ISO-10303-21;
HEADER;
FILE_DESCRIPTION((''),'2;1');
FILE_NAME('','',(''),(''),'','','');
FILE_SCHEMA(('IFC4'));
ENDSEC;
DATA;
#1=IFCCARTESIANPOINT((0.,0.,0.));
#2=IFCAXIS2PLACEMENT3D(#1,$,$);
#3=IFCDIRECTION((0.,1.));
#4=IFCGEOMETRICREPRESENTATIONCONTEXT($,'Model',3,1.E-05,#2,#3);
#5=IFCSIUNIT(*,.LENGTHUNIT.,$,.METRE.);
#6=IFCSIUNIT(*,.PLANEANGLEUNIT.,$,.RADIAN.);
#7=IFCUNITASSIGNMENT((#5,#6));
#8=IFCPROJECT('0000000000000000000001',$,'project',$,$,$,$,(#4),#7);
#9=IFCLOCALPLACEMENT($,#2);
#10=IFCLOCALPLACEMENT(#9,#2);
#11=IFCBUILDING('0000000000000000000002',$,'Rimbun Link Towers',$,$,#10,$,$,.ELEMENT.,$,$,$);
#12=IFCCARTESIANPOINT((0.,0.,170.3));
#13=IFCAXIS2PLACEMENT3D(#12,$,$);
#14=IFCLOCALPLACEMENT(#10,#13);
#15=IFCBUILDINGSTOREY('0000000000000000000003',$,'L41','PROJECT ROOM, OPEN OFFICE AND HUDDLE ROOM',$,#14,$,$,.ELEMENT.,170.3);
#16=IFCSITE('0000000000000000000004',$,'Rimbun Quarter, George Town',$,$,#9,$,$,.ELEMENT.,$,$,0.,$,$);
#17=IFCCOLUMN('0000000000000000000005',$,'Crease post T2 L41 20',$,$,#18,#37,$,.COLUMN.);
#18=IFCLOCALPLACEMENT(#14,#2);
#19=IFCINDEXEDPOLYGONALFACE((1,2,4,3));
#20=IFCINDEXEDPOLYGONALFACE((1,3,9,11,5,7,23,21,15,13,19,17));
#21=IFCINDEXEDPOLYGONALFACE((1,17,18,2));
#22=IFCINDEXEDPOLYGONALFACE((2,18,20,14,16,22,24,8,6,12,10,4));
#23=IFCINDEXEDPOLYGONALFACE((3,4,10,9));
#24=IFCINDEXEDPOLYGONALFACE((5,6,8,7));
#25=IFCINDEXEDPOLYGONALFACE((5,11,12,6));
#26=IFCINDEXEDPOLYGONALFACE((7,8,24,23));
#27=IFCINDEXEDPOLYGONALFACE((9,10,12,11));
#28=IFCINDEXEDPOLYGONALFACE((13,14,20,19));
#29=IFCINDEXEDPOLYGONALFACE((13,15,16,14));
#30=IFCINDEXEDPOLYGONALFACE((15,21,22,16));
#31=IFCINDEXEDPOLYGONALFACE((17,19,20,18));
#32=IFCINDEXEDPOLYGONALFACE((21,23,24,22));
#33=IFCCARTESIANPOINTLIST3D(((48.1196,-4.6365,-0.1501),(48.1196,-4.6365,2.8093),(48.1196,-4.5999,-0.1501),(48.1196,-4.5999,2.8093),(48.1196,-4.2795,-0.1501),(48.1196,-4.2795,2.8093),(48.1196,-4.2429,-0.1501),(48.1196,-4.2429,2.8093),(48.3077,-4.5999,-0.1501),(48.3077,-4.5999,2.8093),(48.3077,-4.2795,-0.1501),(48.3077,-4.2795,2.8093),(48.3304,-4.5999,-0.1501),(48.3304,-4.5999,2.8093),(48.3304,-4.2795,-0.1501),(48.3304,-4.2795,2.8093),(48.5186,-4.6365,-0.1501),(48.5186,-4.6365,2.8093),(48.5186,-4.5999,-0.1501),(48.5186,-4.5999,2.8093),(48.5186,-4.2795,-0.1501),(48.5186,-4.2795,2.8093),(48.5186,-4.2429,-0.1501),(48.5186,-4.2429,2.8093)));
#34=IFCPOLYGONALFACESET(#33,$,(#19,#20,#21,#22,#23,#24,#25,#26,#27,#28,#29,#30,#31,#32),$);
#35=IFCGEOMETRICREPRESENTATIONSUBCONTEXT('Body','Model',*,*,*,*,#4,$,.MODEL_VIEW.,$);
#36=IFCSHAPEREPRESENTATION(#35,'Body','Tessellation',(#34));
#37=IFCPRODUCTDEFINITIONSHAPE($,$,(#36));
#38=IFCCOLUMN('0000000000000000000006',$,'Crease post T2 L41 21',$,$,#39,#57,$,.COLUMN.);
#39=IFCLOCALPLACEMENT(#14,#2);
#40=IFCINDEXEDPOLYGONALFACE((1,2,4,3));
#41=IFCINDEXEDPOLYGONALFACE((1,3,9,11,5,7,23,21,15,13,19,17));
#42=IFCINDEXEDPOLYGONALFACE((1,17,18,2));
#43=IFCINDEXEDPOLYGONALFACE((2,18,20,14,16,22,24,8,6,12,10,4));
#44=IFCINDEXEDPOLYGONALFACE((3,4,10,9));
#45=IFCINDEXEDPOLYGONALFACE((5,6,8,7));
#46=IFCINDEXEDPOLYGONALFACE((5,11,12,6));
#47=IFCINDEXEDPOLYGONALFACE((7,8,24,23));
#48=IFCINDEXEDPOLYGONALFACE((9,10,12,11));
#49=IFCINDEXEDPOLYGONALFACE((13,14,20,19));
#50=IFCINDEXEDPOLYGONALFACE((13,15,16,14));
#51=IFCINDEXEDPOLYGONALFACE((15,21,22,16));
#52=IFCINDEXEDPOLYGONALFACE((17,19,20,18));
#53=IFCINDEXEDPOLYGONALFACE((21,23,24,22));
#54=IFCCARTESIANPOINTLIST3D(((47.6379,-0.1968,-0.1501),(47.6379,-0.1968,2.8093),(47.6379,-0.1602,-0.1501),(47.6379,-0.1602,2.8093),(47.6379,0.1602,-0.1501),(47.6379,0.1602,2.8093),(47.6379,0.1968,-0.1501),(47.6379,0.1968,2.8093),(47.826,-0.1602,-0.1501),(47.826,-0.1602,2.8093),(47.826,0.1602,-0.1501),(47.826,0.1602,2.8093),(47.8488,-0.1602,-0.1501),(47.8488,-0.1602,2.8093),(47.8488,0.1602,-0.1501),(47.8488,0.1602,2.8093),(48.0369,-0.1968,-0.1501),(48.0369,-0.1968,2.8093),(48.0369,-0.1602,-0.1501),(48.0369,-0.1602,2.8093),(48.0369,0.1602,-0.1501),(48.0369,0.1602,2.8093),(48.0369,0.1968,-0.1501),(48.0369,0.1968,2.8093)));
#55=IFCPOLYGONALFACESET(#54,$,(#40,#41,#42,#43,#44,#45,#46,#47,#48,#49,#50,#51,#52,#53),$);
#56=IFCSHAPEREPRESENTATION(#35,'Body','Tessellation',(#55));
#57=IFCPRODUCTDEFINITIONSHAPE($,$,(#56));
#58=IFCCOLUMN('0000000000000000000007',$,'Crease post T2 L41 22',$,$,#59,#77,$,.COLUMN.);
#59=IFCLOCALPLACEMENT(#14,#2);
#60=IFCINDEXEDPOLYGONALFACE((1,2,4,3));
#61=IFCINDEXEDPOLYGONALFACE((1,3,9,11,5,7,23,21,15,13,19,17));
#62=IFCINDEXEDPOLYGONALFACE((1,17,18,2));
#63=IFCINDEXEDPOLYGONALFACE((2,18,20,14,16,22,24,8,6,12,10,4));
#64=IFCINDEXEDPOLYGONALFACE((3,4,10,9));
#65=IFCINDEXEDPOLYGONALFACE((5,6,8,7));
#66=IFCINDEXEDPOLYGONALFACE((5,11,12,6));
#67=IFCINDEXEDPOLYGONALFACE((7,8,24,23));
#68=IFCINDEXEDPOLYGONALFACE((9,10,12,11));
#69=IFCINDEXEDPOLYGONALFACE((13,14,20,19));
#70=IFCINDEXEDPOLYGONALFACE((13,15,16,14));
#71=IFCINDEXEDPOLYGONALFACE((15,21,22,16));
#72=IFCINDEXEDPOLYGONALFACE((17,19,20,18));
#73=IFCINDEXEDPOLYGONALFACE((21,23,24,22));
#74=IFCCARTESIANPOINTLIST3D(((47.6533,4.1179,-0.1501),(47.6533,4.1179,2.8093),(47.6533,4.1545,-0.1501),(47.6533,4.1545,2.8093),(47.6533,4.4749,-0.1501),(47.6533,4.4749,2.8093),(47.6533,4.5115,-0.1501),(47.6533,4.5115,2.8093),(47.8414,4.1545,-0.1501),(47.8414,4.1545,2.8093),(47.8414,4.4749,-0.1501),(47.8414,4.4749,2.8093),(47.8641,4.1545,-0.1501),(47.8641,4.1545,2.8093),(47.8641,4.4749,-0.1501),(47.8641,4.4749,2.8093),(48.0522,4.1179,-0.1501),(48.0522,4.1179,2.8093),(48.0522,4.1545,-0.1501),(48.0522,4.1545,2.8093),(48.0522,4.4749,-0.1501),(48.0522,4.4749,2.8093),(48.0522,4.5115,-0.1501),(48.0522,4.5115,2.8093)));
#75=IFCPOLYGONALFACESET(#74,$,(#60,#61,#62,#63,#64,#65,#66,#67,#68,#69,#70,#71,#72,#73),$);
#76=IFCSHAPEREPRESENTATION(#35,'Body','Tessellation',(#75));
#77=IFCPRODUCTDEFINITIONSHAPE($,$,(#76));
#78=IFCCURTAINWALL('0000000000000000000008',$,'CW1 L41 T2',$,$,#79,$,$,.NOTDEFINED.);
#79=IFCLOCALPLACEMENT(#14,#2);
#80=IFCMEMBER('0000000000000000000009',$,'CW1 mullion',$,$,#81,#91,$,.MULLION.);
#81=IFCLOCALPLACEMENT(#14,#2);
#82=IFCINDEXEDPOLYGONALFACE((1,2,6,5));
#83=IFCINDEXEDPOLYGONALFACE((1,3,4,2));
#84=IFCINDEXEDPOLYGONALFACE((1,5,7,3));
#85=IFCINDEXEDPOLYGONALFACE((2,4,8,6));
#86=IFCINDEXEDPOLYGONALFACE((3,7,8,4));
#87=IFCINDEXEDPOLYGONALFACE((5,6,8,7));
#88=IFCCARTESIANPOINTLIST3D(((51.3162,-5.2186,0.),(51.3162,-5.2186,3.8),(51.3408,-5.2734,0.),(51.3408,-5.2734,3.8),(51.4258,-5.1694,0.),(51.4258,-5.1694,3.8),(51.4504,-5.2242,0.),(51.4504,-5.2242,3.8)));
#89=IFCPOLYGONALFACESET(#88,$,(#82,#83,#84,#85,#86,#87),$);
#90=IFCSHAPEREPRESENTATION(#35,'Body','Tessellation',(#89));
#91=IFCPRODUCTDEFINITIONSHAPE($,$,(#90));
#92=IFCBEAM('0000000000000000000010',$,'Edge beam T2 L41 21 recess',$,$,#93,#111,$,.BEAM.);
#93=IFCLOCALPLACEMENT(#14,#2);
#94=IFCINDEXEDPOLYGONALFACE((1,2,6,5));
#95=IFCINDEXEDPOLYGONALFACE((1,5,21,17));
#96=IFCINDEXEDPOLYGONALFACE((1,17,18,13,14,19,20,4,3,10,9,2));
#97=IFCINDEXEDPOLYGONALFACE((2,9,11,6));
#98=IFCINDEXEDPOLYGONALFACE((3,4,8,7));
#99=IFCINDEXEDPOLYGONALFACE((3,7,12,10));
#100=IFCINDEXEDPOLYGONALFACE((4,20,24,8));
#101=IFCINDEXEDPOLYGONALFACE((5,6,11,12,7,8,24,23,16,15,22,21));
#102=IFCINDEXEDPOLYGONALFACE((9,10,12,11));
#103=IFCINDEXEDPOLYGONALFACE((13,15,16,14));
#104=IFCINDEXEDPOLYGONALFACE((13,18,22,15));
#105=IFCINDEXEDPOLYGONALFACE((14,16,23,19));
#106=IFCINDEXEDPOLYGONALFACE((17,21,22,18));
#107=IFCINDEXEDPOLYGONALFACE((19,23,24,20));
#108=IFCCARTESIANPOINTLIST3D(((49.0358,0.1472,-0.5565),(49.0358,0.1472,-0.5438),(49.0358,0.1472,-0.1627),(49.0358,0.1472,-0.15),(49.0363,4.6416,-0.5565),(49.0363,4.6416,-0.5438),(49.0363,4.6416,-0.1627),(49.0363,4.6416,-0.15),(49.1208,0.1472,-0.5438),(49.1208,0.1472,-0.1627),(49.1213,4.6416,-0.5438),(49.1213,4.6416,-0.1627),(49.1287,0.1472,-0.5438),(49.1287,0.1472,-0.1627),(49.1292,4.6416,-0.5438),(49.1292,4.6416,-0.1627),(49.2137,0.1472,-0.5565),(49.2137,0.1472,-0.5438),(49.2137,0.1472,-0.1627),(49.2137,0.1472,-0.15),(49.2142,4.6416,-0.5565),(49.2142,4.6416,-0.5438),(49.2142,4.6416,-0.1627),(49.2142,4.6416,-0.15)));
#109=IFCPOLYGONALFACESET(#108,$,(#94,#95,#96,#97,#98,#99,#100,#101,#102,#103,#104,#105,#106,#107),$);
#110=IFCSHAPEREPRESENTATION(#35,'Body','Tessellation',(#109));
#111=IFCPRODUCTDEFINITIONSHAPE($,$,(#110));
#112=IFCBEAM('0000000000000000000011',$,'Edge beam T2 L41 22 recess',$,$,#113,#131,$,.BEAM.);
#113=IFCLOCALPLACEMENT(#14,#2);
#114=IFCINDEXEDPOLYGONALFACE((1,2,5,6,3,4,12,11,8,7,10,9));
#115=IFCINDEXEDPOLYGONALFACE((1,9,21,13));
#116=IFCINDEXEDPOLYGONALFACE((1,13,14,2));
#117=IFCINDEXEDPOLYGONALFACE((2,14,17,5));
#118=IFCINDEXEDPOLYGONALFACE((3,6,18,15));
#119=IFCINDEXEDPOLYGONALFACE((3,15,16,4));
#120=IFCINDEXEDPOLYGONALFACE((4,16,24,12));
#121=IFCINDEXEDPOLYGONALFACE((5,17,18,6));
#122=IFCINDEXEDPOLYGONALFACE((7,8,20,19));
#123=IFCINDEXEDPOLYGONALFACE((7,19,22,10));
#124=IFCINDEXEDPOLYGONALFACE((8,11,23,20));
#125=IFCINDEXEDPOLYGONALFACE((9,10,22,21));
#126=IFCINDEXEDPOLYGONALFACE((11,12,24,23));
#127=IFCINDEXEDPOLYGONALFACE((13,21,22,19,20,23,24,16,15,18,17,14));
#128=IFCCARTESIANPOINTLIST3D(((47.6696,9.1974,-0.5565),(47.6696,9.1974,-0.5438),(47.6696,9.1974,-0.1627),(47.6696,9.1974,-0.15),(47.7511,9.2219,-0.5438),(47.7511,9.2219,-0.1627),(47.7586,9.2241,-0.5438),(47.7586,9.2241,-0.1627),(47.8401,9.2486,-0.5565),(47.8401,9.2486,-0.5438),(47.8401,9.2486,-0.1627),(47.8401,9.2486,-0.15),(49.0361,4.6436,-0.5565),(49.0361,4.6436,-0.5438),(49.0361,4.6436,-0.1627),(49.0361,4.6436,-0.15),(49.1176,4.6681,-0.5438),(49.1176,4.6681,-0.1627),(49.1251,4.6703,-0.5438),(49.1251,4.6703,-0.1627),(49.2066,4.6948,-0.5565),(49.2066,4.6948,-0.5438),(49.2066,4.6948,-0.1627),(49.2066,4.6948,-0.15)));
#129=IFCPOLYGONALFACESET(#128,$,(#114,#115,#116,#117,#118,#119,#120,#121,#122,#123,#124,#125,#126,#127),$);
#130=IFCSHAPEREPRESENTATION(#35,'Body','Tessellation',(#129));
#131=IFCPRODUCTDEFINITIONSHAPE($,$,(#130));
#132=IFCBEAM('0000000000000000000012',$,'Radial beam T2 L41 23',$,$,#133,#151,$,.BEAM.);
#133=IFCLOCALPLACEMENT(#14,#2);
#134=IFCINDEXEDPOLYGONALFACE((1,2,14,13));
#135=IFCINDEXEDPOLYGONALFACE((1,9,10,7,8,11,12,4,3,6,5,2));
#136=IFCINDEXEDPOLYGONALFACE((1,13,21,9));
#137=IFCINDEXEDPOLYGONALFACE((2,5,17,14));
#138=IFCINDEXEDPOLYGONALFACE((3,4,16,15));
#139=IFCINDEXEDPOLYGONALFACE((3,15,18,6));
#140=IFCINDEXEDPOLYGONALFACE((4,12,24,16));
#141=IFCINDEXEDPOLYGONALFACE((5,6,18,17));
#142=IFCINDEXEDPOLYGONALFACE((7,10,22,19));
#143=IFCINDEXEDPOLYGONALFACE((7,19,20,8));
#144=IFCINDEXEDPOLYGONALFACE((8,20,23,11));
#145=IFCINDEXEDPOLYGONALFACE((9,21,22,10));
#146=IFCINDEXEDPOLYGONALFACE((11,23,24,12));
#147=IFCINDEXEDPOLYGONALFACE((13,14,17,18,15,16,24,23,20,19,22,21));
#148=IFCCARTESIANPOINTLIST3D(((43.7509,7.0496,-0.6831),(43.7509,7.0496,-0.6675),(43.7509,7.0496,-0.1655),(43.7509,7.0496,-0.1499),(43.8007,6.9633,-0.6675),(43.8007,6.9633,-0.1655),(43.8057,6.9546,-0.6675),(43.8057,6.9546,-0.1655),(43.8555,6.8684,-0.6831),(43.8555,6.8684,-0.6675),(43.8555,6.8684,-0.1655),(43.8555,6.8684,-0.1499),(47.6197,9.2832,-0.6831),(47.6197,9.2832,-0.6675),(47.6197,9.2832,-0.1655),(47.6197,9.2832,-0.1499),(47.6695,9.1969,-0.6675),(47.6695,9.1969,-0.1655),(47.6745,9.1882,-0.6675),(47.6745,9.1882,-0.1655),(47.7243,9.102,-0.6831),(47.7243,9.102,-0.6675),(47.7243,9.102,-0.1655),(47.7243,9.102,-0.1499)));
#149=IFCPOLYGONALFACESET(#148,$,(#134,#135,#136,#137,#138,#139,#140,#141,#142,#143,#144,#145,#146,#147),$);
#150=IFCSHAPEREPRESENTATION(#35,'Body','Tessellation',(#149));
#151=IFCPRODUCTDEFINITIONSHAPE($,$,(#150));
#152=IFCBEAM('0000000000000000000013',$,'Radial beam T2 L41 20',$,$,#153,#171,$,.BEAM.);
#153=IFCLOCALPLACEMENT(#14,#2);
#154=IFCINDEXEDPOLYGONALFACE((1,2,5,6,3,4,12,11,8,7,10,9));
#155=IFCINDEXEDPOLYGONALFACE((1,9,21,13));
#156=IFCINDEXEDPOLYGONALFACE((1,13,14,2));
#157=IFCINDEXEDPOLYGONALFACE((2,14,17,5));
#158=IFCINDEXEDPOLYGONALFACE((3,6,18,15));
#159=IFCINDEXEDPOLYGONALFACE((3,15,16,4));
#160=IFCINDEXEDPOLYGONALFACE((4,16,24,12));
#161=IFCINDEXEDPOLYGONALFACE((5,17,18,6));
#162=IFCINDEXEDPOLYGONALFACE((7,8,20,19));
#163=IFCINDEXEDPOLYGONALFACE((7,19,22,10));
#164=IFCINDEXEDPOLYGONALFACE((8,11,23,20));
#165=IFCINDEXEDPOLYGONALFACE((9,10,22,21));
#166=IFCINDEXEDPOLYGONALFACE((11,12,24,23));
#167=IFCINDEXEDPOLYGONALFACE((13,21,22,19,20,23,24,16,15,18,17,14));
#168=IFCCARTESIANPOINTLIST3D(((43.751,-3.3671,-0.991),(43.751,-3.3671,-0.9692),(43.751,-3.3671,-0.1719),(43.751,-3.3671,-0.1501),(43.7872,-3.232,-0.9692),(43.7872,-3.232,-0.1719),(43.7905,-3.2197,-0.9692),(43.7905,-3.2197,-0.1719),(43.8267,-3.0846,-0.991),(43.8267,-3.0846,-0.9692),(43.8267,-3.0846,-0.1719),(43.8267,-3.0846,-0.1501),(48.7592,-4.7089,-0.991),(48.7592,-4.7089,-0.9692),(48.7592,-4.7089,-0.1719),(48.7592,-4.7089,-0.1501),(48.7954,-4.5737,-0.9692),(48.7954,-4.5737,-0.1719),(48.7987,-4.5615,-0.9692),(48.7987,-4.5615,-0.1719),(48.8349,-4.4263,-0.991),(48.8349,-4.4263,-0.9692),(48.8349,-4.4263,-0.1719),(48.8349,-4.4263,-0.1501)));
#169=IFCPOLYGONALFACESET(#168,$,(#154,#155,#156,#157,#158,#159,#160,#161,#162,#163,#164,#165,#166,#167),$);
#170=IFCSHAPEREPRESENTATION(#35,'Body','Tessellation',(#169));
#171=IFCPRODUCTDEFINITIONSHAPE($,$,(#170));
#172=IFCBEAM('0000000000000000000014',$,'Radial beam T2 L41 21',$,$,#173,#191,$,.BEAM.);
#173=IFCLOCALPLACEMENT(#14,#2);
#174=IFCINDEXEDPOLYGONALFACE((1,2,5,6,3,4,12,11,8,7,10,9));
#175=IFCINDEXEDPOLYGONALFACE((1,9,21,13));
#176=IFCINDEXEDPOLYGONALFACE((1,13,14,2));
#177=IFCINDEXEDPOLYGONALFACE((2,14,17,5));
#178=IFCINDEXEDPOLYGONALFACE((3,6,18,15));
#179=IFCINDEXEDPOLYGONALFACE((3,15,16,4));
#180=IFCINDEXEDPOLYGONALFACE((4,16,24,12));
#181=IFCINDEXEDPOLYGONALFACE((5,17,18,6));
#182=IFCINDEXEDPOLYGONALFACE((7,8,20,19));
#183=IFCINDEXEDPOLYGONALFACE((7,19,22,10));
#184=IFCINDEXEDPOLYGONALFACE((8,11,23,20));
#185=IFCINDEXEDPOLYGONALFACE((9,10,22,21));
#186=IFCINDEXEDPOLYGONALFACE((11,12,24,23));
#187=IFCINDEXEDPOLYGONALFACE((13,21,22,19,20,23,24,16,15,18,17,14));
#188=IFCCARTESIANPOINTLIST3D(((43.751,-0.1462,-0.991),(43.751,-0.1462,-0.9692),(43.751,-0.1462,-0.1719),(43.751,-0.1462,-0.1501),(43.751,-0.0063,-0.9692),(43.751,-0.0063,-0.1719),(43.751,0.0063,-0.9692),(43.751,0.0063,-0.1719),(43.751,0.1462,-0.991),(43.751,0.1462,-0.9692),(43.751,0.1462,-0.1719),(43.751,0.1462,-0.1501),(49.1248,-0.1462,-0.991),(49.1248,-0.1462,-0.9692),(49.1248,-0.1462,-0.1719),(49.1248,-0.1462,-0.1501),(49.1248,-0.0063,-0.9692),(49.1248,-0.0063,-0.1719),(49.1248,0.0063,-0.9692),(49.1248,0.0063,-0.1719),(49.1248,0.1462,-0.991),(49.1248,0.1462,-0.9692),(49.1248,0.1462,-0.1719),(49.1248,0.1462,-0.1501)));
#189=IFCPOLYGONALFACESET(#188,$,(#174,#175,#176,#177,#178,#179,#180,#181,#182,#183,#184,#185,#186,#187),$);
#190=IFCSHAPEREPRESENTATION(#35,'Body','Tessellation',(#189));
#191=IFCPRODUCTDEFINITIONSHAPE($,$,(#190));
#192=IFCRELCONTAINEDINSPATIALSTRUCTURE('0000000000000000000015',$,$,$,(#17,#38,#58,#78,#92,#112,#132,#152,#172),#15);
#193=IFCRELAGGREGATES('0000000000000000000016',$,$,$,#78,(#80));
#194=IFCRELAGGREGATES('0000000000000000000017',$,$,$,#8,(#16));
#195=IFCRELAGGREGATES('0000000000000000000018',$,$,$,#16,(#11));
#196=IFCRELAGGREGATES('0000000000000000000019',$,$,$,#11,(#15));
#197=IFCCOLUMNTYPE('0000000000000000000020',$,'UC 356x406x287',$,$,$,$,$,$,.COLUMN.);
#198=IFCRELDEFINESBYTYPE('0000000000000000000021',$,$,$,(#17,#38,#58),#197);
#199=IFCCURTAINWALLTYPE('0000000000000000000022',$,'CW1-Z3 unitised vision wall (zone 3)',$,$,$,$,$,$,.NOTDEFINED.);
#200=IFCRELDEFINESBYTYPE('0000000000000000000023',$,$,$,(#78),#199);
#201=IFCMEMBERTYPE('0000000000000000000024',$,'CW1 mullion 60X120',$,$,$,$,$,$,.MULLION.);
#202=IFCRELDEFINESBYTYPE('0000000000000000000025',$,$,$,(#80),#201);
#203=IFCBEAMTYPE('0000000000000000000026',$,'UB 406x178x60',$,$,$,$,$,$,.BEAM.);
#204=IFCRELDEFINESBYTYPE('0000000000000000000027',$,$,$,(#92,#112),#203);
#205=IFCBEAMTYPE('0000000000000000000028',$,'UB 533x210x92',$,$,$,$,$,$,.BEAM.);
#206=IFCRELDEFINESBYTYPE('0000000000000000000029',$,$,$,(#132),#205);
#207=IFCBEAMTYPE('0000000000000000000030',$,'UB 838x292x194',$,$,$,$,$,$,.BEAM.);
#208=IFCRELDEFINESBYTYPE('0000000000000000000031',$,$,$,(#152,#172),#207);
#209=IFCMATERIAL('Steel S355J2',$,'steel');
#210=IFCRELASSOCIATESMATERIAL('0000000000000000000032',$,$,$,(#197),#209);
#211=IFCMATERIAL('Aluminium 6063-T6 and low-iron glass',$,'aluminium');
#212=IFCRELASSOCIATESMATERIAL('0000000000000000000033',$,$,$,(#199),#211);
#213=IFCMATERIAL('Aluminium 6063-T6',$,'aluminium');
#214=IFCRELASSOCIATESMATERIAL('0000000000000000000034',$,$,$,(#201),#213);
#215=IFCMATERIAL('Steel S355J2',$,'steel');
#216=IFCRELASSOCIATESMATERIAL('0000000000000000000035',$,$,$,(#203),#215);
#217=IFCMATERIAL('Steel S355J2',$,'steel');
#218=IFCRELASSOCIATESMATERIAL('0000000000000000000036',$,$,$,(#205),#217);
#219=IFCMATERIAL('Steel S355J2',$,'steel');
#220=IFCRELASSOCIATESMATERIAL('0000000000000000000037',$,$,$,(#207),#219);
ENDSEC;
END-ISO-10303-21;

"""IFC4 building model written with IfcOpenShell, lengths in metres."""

from ifc_helpers import new_model, si_unit, direction, frame, origin, origin_2d, place, context, subcontext, project, spatial, rectangle, i_section, extrude, material, material_profile, profile_set, type_object, element, aggregate, save


model = new_model("IFC4")

# Units and contexts
model_context = context("Model", 3, precision=1e-05, world=origin(), true_north=direction((0.0, 1.0)))
body_context = subcontext(model_context, "Body", "Model", "MODEL_VIEW")
ifc_project = project(units=[si_unit("LENGTHUNIT", "METRE"), si_unit("PLANEANGLEUNIT", "RADIAN")], contexts=[model_context])

# Site, building, storey
site_placement = place(None, origin())
site = spatial("IfcSite", under=ifc_project, at=site_placement, Name="Rimbun Quarter, George Town", CompositionType="ELEMENT", RefElevation=0.0)
building_placement = place(site_placement, origin())
building = spatial("IfcBuilding", under=site, at=building_placement, Name="Rimbun Link Towers", CompositionType="ELEMENT")
storey_placement = place(building_placement, frame((0.0, 0.0, 170.3)))
storey = spatial("IfcBuildingStorey", under=building, at=storey_placement, Name="L41", Description="PROJECT ROOM, OPEN OFFICE AND HUDDLE ROOM", CompositionType="ELEMENT", Elevation=170.3)

# Columns
ifc_material_1 = material(Name="Steel S355J2", Category="steel")
ifc_material_profile_1 = material_profile(ifc_material_1, i_section(OverallWidth=0.3989, OverallDepth=0.3936, WebThickness=0.0227, FlangeThickness=0.0366, at=origin_2d()), Name="UC 356x406x287")
ifc_profile_set_1 = profile_set([ifc_material_profile_1], Name="Steel S355J2")
column_type = type_object("IfcColumnType", Name="UC 356x406x287", PredefinedType="COLUMN", material=ifc_profile_set_1)
for number, where, z_axis, x_axis, name in (
    (1, (48.3191, -4.4397, -0.1501), (0.0, 0.0, 1.0), (1.0, 0.0, 0.0), "Crease post T2 L41 20"),
    (2, (47.8374, 0.0, -0.1501), (0.0, 0.0, 1.0), (1.0, 0.0, 0.0), "Crease post T2 L41 21"),
    (3, (47.8528, 4.3147, -0.1501), (0.0, 0.0, 1.0), (1.0, 0.0, 0.0), "Crease post T2 L41 22"),
):
    element("IfcColumn", number, at=place(storey_placement, frame(where, z_axis=z_axis, x_axis=x_axis)), inside=storey, type_object=column_type, Name=name, PredefinedType="COLUMN", context=body_context, shape_type="SweptSolid", body=[
        extrude(i_section(OverallWidth=0.3989, OverallDepth=0.3936, WebThickness=0.0227, FlangeThickness=0.0366, at=origin_2d()), origin(), (0.0, 0.0, 1.0), 2.9595),
    ])

# Curtain wall, member
ifc_material_2 = material(Name="Aluminium 6063-T6 and low-iron glass", Category="aluminium")
curtain_wall_type = type_object("IfcCurtainWallType", Name="CW1-Z3 unitised vision wall (zone 3)", PredefinedType="NOTDEFINED", material=ifc_material_2)
curtain_wall_placement = place(storey_placement, origin())
curtain_wall = element("IfcCurtainWall", 4, at=curtain_wall_placement, inside=storey, type_object=curtain_wall_type, Name="CW1 L41 T2", PredefinedType="NOTDEFINED")
ifc_material_3 = material(Name="Aluminium 6063-T6", Category="aluminium")
ifc_material_profile_2 = material_profile(ifc_material_3, rectangle(XDim=0.1201, YDim=0.0601, at=origin_2d()), Name="MULLION 60X120")
ifc_profile_set_2 = profile_set([ifc_material_profile_2], Name="Aluminium 6063-T6")
member_type = type_object("IfcMemberType", Name="CW1 mullion 60X120", PredefinedType="MULLION", material=ifc_profile_set_2)
member_placement = place(storey_placement, frame((51.3833, -5.2214, 0.0), z_axis=(0.0, 0.0, 1.0), x_axis=(0.912351, 0.40941, 0.0)))
member = element("IfcMember", 5, at=member_placement, type_object=member_type, Name="CW1 mullion", PredefinedType="MULLION", context=body_context, shape_type="SweptSolid", body=[
    extrude(rectangle(XDim=0.1201, YDim=0.0601, at=origin_2d()), origin(), (0.0, 0.0, 1.0), 3.8),
])
aggregate(curtain_wall, [member])

# Beams
ifc_material_4 = material(Name="Steel S355J2", Category="steel")
ifc_material_profile_3 = material_profile(ifc_material_4, i_section(OverallWidth=0.178, OverallDepth=0.4065, WebThickness=0.0078, FlangeThickness=0.0127, at=origin_2d()), Name="UB 406x178x60")
ifc_profile_set_3 = profile_set([ifc_material_profile_3], Name="Steel S355J2")
beam_type_1 = type_object("IfcBeamType", Name="UB 406x178x60", PredefinedType="BEAM", material=ifc_profile_set_3)
beam_1_placement = place(storey_placement, frame((49.1248, 0.1472, -0.3533), z_axis=(0.000109, 1.0, 0.0), x_axis=(-1.0, 0.000109, 0.0)))
element("IfcBeam", 6, at=beam_1_placement, inside=storey, type_object=beam_type_1, Name="Edge beam T2 L41 21 recess", PredefinedType="BEAM", context=body_context, shape_type="SweptSolid", body=[
    extrude(i_section(OverallWidth=0.178, OverallDepth=0.4065, WebThickness=0.0078, FlangeThickness=0.0127, at=origin_2d()), origin(), (0.0, 0.0, 1.0), 4.4944),
])
beam_2_placement = place(storey_placement, frame((49.1213, 4.6692, -0.3533), z_axis=(-0.287414, 0.957806, 0.0), x_axis=(-0.957806, -0.287414, 0.0)))
element("IfcBeam", 7, at=beam_2_placement, inside=storey, type_object=beam_type_1, Name="Edge beam T2 L41 22 recess", PredefinedType="BEAM", context=body_context, shape_type="SweptSolid", body=[
    extrude(i_section(OverallWidth=0.178, OverallDepth=0.4065, WebThickness=0.0078, FlangeThickness=0.0127, at=origin_2d()), origin(), (0.0, 0.0, 1.0), 4.7544),
])
ifc_material_5 = material(Name="Steel S355J2", Category="steel")
ifc_material_profile_4 = material_profile(ifc_material_5, i_section(OverallWidth=0.2092, OverallDepth=0.5332, WebThickness=0.01, FlangeThickness=0.0156, at=origin_2d()), Name="UB 533x210x92")
ifc_profile_set_4 = profile_set([ifc_material_profile_4], Name="Steel S355J2")
beam_type_2 = type_object("IfcBeamType", Name="UB 533x210x92", PredefinedType="BEAM", material=ifc_profile_set_4)
beam_3_placement = place(storey_placement, frame((43.8032, 6.959, -0.4165), z_axis=(0.866032, 0.499989, 0.0), x_axis=(-0.499989, 0.866032, 0.0)))
element("IfcBeam", 8, at=beam_3_placement, inside=storey, type_object=beam_type_2, Name="Radial beam T2 L41 23", PredefinedType="BEAM", context=body_context, shape_type="SweptSolid", body=[
    extrude(i_section(OverallWidth=0.2092, OverallDepth=0.5332, WebThickness=0.01, FlangeThickness=0.0156, at=origin_2d()), origin(), (0.0, 0.0, 1.0), 4.4673),
])
ifc_material_6 = material(Name="Steel S355J2", Category="steel")
ifc_material_profile_5 = material_profile(ifc_material_6, i_section(OverallWidth=0.2925, OverallDepth=0.8408, WebThickness=0.0127, FlangeThickness=0.0217, at=origin_2d()), Name="UB 838x292x194")
ifc_profile_set_5 = profile_set([ifc_material_profile_5], Name="Steel S355J2")
beam_type_3 = type_object("IfcBeamType", Name="UB 838x292x194", PredefinedType="BEAM", material=ifc_profile_set_5)
beam_4_placement = place(storey_placement, frame((43.7888, -3.2258, -0.5706), z_axis=(0.965934, -0.258788, 0.0), x_axis=(0.258788, 0.965934, 0.0)))
element("IfcBeam", 9, at=beam_4_placement, inside=storey, type_object=beam_type_3, Name="Radial beam T2 L41 20", PredefinedType="BEAM", context=body_context, shape_type="SweptSolid", body=[
    extrude(i_section(OverallWidth=0.2925, OverallDepth=0.8408, WebThickness=0.0127, FlangeThickness=0.0217, at=origin_2d()), origin(), (0.0, 0.0, 1.0), 5.1848),
])
beam_5_placement = place(storey_placement, frame((43.751, 0.0, -0.5706), z_axis=(1.0, 0.0, 0.0), x_axis=(0.0, 1.0, 0.0)))
element("IfcBeam", 10, at=beam_5_placement, inside=storey, type_object=beam_type_3, Name="Radial beam T2 L41 21", PredefinedType="BEAM", context=body_context, shape_type="SweptSolid", body=[
    extrude(i_section(OverallWidth=0.2925, OverallDepth=0.8408, WebThickness=0.0127, FlangeThickness=0.0217, at=origin_2d()), origin(), (0.0, 0.0, 1.0), 5.3738),
])

save(model, "model.ifc")
